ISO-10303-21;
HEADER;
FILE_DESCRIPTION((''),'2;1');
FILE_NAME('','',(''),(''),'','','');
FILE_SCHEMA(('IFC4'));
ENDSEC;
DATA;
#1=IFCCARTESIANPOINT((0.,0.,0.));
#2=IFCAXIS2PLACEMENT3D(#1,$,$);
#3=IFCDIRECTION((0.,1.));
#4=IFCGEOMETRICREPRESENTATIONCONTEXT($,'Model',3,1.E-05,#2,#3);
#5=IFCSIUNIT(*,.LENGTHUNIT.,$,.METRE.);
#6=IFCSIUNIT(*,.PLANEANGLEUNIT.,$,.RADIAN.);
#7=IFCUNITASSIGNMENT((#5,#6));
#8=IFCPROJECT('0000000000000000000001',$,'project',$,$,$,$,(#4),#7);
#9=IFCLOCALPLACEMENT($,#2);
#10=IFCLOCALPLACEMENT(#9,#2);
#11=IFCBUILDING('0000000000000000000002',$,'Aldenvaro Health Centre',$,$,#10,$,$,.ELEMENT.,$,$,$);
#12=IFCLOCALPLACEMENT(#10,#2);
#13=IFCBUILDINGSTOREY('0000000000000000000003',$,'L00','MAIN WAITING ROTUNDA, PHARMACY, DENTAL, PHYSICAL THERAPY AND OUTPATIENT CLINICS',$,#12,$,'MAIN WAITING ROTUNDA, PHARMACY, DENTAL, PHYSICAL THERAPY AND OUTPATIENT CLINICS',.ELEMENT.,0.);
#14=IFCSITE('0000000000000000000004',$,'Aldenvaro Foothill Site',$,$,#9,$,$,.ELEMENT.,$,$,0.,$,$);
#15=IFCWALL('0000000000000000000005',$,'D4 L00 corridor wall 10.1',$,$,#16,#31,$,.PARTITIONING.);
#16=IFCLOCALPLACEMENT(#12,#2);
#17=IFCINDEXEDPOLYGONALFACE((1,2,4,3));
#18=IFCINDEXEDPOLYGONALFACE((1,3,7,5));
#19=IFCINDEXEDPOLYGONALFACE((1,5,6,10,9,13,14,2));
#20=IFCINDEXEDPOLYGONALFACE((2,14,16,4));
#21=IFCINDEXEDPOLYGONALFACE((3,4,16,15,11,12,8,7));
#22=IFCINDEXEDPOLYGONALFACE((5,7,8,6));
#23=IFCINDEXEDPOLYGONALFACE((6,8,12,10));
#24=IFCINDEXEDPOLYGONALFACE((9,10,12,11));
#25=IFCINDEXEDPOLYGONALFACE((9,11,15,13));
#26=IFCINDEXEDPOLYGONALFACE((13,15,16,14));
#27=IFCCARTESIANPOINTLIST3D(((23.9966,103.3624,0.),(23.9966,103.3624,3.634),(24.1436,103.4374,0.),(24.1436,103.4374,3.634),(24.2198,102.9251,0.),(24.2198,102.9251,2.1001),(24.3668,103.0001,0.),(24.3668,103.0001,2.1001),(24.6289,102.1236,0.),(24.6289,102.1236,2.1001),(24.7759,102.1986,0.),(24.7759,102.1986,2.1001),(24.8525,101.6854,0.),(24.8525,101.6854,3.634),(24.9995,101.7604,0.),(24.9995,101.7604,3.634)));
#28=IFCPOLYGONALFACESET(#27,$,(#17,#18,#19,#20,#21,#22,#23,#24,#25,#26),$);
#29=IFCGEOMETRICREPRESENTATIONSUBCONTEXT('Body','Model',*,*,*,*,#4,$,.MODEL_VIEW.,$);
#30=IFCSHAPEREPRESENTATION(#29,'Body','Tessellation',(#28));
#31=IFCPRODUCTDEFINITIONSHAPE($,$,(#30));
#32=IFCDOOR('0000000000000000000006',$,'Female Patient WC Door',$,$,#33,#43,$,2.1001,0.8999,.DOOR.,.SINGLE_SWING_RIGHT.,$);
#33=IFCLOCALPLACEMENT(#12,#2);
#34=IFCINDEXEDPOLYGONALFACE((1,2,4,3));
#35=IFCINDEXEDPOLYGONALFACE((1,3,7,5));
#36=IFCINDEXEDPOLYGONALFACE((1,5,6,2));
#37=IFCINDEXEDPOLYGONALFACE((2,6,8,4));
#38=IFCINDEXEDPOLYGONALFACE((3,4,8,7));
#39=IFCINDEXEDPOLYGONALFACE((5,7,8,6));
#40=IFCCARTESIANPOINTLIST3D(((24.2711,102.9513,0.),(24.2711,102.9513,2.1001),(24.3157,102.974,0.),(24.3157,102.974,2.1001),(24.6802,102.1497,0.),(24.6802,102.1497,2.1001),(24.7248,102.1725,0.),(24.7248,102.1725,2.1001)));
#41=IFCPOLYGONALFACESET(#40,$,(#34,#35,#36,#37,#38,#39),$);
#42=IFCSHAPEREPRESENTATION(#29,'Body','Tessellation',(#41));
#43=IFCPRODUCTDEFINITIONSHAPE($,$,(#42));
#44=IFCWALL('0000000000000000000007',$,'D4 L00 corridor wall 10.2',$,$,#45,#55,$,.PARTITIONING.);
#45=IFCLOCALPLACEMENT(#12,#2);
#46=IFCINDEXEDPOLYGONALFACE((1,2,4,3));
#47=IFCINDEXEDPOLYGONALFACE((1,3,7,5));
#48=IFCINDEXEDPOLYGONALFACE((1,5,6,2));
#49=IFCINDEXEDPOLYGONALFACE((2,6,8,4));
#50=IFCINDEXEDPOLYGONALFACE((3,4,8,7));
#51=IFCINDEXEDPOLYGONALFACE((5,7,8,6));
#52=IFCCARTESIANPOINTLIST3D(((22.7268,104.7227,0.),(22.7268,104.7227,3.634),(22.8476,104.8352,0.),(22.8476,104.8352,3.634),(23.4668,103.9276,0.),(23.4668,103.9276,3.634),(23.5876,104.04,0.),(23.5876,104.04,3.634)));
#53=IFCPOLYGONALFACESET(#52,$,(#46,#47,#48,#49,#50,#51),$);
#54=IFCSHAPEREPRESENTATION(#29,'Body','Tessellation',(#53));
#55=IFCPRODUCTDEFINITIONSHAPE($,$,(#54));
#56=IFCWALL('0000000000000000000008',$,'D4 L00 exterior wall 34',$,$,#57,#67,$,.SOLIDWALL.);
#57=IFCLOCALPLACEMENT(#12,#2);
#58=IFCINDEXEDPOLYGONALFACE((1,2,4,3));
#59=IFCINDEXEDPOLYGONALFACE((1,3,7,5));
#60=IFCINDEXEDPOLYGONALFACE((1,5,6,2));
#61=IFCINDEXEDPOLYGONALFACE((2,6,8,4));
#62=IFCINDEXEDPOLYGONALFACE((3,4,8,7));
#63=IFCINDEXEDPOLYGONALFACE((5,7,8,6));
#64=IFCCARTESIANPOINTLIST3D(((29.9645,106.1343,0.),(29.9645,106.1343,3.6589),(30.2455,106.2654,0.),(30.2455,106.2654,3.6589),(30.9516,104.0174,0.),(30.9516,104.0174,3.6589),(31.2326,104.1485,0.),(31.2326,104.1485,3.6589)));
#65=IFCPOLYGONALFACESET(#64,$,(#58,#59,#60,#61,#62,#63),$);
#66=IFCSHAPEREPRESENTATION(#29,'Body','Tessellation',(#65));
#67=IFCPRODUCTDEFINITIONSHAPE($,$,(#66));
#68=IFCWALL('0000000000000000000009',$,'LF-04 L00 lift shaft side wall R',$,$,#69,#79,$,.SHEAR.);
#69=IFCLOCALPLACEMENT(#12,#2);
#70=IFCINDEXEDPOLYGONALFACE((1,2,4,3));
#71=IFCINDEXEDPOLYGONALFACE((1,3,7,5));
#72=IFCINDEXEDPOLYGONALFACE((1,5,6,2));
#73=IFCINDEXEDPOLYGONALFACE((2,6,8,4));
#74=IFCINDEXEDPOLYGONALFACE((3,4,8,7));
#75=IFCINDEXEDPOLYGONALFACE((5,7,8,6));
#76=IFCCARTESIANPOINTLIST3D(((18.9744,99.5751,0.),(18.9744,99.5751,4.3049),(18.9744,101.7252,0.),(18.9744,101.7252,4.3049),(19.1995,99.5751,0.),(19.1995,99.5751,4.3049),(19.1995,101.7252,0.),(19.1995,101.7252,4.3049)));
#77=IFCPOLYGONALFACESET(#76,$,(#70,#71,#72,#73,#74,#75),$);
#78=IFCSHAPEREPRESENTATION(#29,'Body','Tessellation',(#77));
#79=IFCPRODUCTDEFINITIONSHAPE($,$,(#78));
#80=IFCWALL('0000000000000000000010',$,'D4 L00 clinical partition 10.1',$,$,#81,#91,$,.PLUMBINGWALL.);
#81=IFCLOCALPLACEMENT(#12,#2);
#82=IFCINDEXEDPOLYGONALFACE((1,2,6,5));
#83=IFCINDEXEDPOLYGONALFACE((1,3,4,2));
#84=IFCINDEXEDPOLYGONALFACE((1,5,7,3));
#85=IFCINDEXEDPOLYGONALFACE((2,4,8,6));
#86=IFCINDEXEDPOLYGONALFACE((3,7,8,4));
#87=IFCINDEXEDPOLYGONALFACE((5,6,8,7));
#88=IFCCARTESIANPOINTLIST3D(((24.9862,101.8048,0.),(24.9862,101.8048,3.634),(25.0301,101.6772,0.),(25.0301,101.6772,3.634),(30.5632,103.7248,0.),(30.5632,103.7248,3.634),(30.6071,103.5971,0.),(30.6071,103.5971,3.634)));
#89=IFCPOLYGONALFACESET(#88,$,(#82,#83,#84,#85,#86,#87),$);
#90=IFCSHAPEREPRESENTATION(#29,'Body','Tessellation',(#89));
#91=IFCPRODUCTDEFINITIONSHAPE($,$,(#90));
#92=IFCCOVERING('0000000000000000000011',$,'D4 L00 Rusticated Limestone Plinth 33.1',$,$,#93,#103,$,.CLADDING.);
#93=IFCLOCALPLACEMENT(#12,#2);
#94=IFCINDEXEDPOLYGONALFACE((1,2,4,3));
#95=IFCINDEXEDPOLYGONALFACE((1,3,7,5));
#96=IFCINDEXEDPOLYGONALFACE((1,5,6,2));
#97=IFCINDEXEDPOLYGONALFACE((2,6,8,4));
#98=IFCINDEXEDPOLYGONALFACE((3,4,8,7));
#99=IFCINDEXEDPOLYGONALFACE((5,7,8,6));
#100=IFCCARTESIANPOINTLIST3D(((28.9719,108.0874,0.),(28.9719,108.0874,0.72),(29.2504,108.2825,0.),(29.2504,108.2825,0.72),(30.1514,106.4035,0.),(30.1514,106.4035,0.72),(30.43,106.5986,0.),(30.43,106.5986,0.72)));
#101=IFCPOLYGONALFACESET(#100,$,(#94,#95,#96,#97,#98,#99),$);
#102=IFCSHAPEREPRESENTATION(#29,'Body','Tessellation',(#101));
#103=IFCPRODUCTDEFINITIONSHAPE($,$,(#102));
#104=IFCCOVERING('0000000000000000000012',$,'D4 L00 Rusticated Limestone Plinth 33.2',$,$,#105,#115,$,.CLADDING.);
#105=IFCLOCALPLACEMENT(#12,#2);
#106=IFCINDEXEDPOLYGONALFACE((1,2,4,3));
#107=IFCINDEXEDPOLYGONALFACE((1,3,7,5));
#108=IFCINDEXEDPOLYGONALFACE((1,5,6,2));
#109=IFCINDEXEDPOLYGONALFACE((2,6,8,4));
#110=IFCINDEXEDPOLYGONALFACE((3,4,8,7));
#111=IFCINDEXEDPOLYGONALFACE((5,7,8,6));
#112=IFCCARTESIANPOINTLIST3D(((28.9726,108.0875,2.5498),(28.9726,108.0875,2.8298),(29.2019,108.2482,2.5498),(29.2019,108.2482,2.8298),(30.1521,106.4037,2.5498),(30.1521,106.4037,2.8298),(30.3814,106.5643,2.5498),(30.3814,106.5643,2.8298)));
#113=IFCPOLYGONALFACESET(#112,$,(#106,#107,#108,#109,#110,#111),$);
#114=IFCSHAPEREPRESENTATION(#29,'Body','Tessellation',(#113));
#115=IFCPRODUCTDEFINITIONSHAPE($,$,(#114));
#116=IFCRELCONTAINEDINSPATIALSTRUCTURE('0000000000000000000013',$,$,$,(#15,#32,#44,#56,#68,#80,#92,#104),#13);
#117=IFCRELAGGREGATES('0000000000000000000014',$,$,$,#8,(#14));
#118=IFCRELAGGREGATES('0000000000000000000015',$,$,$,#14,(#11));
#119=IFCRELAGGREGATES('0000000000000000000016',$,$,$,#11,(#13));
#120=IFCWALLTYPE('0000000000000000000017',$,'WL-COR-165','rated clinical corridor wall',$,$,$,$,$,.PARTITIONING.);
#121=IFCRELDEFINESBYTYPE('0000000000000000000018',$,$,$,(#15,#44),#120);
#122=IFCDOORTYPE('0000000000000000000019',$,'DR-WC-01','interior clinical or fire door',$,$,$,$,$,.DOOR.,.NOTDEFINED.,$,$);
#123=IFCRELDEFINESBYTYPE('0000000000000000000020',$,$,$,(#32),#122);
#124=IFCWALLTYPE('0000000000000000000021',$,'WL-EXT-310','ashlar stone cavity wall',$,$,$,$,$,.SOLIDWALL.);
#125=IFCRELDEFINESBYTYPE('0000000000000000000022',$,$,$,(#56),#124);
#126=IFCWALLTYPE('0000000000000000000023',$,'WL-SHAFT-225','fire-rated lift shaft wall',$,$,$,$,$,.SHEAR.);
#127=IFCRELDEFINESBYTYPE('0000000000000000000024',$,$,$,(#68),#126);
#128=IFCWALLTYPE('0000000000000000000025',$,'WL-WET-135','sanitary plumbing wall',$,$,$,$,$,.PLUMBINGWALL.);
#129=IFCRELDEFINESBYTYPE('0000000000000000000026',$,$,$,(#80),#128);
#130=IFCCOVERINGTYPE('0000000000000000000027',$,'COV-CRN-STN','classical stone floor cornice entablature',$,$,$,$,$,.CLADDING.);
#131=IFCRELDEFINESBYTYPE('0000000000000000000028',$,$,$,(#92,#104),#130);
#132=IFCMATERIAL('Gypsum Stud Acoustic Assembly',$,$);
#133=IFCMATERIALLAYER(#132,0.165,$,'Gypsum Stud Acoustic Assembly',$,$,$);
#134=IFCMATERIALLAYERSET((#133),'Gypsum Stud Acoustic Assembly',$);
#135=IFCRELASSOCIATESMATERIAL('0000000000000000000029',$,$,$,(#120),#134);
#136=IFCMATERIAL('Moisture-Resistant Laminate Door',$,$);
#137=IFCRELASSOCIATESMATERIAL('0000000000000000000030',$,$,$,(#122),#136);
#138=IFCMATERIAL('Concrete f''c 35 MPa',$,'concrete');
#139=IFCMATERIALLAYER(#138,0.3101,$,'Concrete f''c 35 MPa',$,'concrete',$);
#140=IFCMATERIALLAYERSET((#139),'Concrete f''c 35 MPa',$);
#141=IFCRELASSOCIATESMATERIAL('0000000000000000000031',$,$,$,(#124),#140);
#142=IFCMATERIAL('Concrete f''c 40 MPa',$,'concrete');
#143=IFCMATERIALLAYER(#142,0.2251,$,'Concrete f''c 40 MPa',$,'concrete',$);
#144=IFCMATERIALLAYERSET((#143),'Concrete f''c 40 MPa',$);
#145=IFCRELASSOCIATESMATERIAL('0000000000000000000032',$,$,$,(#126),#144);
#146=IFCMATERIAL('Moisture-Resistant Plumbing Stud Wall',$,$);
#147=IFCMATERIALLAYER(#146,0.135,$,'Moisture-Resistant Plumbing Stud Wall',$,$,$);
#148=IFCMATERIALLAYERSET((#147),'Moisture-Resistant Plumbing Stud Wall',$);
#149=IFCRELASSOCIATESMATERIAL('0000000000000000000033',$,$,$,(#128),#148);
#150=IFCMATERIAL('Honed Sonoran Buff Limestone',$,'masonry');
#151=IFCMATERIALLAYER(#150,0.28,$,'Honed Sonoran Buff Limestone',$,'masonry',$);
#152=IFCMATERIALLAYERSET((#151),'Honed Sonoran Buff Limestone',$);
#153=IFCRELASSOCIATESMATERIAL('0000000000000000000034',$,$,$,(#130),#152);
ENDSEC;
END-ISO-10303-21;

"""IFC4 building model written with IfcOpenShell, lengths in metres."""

from ifc_helpers import new_model, si_unit, direction, frame, frame_2d, origin, origin_2d, place, context, subcontext, project, spatial, rectangle, extrude, material, layer, layer_set, type_object, element, fill, save


model = new_model("IFC4")

# Units and contexts
model_context = context("Model", 3, precision=1e-05, world=origin(), true_north=direction((0.0, 1.0)))
body_context = subcontext(model_context, "Body", "Model", "MODEL_VIEW")
ifc_project = project(units=[si_unit("LENGTHUNIT", "METRE"), si_unit("PLANEANGLEUNIT", "RADIAN")], contexts=[model_context])

# Site, building, storey
site_placement = place(None, origin())
site = spatial("IfcSite", under=ifc_project, at=site_placement, Name="Aldenvaro Foothill Site", CompositionType="ELEMENT", RefElevation=0.0)
building_placement = place(site_placement, origin())
building = spatial("IfcBuilding", under=site, at=building_placement, Name="Aldenvaro Health Centre", CompositionType="ELEMENT")
storey_placement = place(building_placement, origin())
storey = spatial("IfcBuildingStorey", under=building, at=storey_placement, Name="L00", Description="MAIN WAITING ROTUNDA, PHARMACY, DENTAL, PHYSICAL THERAPY AND OUTPATIENT CLINICS", LongName="MAIN WAITING ROTUNDA, PHARMACY, DENTAL, PHYSICAL THERAPY AND OUTPATIENT CLINICS", CompositionType="ELEMENT", Elevation=0.0)

# Shared definitions
ifc_material_1 = material(Name="Concrete f'c 40 MPa", Category="concrete")

# Shared definitions
ifc_material_2 = material(Name="Gypsum Stud Acoustic Assembly")

# Shared definitions
ifc_layer_1 = layer(ifc_material_2, 0.165, Name="Gypsum Stud Acoustic Assembly")
ifc_layer_set_1 = layer_set([ifc_layer_1], Name="Gypsum Stud Acoustic Assembly")
wall_type_1 = type_object("IfcWallType", Name="WL-COR-165", Description="rated clinical corridor wall", PredefinedType="PARTITIONING", material=ifc_layer_set_1)

# Wall, opening, door
wall_1_placement = place(storey_placement, frame((24.926, 101.7229, 0.0), z_axis=(0.0, 0.0, 1.0), x_axis=(-0.454615, 0.890688, 0.0)))
wall_1 = element("IfcWall", 1, at=wall_1_placement, inside=storey, type_object=wall_type_1, Name="D4 L00 corridor wall 10.1", PredefinedType="PARTITIONING", context=body_context, shape_type="SweptSolid", body=[
    extrude(rectangle(XDim=1.8828, YDim=0.165, at=frame_2d((0.9414, 0.0))), origin(), (0.0, 0.0, 1.0), 3.634),
])
opening_1_placement = place(wall_1_placement, frame((0.4919, 0.0, 0.0)))
opening_1 = element("IfcOpeningElement", 2, at=opening_1_placement, cuts=wall_1, PredefinedType="OPENING", context=body_context, shape_type="SweptSolid", body=[
    extrude(rectangle(XDim=0.8999, YDim=2.1001, at=frame_2d((0.45, 1.05))), frame((0.0, 0.0925, 0.0), z_axis=(0.0, -1.0, 0.0), x_axis=(1.0, 0.0, 0.0)), (0.0, 0.0, 1.0), 0.1851),
])
ifc_material_3 = material(Name="Moisture-Resistant Laminate Door")
door_type_1 = type_object("IfcDoorType", Name="DR-WC-01", Description="interior clinical or fire door", OperationType="NOTDEFINED", PredefinedType="DOOR", material=ifc_material_3)
door_1_placement = place(opening_1_placement, origin())
door_1 = element("IfcDoor", 3, at=door_1_placement, inside=storey, type_object=door_type_1, Name="Female Patient WC Door", OperationType="SINGLE_SWING_RIGHT", OverallHeight=2.1001, OverallWidth=0.8999, PredefinedType="DOOR", context=body_context, shape_type="SweptSolid", body=[
    extrude(rectangle(XDim=0.8999, YDim=2.1001, at=frame_2d((0.45, 1.05))), frame((0.0, 0.0249, 0.0), z_axis=(0.0, -1.0, 0.0), x_axis=(1.0, 0.0, 0.0)), (0.0, 0.0, 1.0), 0.05),
])
fill(opening_1, door_1)

# Walls
wall_2_placement = place(storey_placement, frame((23.5271, 103.9839, 0.0), z_axis=(0.0, 0.0, 1.0), x_axis=(-0.681252, 0.732049, 0.0)))
element("IfcWall", 4, at=wall_2_placement, inside=storey, type_object=wall_type_1, Name="D4 L00 corridor wall 10.2", PredefinedType="PARTITIONING", context=body_context, shape_type="SweptSolid", body=[
    extrude(rectangle(XDim=1.0862, YDim=0.165, at=frame_2d((0.543, 0.0))), origin(), (0.0, 0.0, 1.0), 3.634),
])
ifc_material_4 = material(Name="Concrete f'c 35 MPa", Category="concrete")
ifc_layer_2 = layer(ifc_material_4, 0.3101, Name="Concrete f'c 35 MPa", Category="concrete")
ifc_layer_set_2 = layer_set([ifc_layer_2], Name="Concrete f'c 35 MPa")
wall_type_2 = type_object("IfcWallType", Name="WL-EXT-310", Description="ashlar stone cavity wall", PredefinedType="SOLIDWALL", material=ifc_layer_set_2)
wall_3_placement = place(storey_placement, frame((30.105, 106.2, 0.0), z_axis=(0.0, 0.0, 1.0), x_axis=(0.422588, -0.906322, 0.0)))
element("IfcWall", 5, at=wall_3_placement, inside=storey, type_object=wall_type_2, Name="D4 L00 exterior wall 34", PredefinedType="SOLIDWALL", context=body_context, shape_type="SweptSolid", body=[
    extrude(rectangle(XDim=2.3357, YDim=0.3101, at=frame_2d((1.168, 0.0))), origin(), (0.0, 0.0, 1.0), 3.6589),
])
ifc_layer_3 = layer(ifc_material_1, 0.2251, Name="Concrete f'c 40 MPa", Category="concrete")
ifc_layer_set_3 = layer_set([ifc_layer_3], Name="Concrete f'c 40 MPa")
wall_type_3 = type_object("IfcWallType", Name="WL-SHAFT-225", Description="fire-rated lift shaft wall", PredefinedType="SHEAR", material=ifc_layer_set_3)
wall_4_placement = place(storey_placement, frame((19.0869, 99.575, 0.0), z_axis=(0.0, 0.0, 1.0), x_axis=(0.0, 1.0, 0.0)))
element("IfcWall", 6, at=wall_4_placement, inside=storey, type_object=wall_type_3, Name="LF-04 L00 lift shaft side wall R", PredefinedType="SHEAR", context=body_context, shape_type="SweptSolid", body=[
    extrude(rectangle(XDim=2.1501, YDim=0.2251, at=frame_2d((1.0752, 0.0))), origin(), (0.0, 0.0, 1.0), 4.3049),
])
ifc_material_5 = material(Name="Moisture-Resistant Plumbing Stud Wall")
ifc_layer_4 = layer(ifc_material_5, 0.135, Name="Moisture-Resistant Plumbing Stud Wall")
ifc_layer_set_4 = layer_set([ifc_layer_4], Name="Moisture-Resistant Plumbing Stud Wall")
wall_type_4 = type_object("IfcWallType", Name="WL-WET-135", Description="sanitary plumbing wall", PredefinedType="PLUMBINGWALL", material=ifc_layer_set_4)
wall_5_placement = place(storey_placement, frame((25.0081, 101.741, 0.0), z_axis=(0.0, 0.0, 1.0), x_axis=(0.945537, 0.325514, 0.0)))
element("IfcWall", 7, at=wall_5_placement, inside=storey, type_object=wall_type_4, Name="D4 L00 clinical partition 10.1", PredefinedType="PLUMBINGWALL", context=body_context, shape_type="SweptSolid", body=[
    extrude(rectangle(XDim=5.8982, YDim=0.135, at=frame_2d((2.9492, 0.0))), origin(), (0.0, 0.0, 1.0), 3.634),
])

# Coverings
ifc_material_6 = material(Name="Honed Sonoran Buff Limestone", Category="masonry")
ifc_layer_5 = layer(ifc_material_6, 0.28, Name="Honed Sonoran Buff Limestone", Category="masonry")
ifc_layer_set_5 = layer_set([ifc_layer_5], Name="Honed Sonoran Buff Limestone")
covering_type = type_object("IfcCoveringType", Name="COV-CRN-STN", Description="classical stone floor cornice entablature", PredefinedType="CLADDING", material=ifc_layer_set_5)
covering_1_placement = place(storey_placement, frame((29.7009, 107.343, 0.0), z_axis=(0.0, 0.0, 1.0), x_axis=(0.573721, -0.819051, 0.0)))
element("IfcCovering", 8, at=covering_1_placement, inside=storey, type_object=covering_type, Name="D4 L00 Rusticated Limestone Plinth 33.1", PredefinedType="CLADDING", context=body_context, shape_type="SweptSolid", body=[
    extrude(rectangle(XDim=2.0559, YDim=0.3401, at=origin_2d()), origin(), (0.0, 0.0, 1.0), 0.72),
])
covering_2_placement = place(storey_placement, frame((29.677, 107.3259, 2.5498), z_axis=(0.0, 0.0, 1.0), x_axis=(0.573721, -0.819051, 0.0)))
element("IfcCovering", 9, at=covering_2_placement, inside=storey, type_object=covering_type, Name="D4 L00 Rusticated Limestone Plinth 33.2", PredefinedType="CLADDING", context=body_context, shape_type="SweptSolid", body=[
    extrude(rectangle(XDim=2.0559, YDim=0.28, at=origin_2d()), origin(), (0.0, 0.0, 1.0), 0.28),
])

save(model, "model.ifc")
